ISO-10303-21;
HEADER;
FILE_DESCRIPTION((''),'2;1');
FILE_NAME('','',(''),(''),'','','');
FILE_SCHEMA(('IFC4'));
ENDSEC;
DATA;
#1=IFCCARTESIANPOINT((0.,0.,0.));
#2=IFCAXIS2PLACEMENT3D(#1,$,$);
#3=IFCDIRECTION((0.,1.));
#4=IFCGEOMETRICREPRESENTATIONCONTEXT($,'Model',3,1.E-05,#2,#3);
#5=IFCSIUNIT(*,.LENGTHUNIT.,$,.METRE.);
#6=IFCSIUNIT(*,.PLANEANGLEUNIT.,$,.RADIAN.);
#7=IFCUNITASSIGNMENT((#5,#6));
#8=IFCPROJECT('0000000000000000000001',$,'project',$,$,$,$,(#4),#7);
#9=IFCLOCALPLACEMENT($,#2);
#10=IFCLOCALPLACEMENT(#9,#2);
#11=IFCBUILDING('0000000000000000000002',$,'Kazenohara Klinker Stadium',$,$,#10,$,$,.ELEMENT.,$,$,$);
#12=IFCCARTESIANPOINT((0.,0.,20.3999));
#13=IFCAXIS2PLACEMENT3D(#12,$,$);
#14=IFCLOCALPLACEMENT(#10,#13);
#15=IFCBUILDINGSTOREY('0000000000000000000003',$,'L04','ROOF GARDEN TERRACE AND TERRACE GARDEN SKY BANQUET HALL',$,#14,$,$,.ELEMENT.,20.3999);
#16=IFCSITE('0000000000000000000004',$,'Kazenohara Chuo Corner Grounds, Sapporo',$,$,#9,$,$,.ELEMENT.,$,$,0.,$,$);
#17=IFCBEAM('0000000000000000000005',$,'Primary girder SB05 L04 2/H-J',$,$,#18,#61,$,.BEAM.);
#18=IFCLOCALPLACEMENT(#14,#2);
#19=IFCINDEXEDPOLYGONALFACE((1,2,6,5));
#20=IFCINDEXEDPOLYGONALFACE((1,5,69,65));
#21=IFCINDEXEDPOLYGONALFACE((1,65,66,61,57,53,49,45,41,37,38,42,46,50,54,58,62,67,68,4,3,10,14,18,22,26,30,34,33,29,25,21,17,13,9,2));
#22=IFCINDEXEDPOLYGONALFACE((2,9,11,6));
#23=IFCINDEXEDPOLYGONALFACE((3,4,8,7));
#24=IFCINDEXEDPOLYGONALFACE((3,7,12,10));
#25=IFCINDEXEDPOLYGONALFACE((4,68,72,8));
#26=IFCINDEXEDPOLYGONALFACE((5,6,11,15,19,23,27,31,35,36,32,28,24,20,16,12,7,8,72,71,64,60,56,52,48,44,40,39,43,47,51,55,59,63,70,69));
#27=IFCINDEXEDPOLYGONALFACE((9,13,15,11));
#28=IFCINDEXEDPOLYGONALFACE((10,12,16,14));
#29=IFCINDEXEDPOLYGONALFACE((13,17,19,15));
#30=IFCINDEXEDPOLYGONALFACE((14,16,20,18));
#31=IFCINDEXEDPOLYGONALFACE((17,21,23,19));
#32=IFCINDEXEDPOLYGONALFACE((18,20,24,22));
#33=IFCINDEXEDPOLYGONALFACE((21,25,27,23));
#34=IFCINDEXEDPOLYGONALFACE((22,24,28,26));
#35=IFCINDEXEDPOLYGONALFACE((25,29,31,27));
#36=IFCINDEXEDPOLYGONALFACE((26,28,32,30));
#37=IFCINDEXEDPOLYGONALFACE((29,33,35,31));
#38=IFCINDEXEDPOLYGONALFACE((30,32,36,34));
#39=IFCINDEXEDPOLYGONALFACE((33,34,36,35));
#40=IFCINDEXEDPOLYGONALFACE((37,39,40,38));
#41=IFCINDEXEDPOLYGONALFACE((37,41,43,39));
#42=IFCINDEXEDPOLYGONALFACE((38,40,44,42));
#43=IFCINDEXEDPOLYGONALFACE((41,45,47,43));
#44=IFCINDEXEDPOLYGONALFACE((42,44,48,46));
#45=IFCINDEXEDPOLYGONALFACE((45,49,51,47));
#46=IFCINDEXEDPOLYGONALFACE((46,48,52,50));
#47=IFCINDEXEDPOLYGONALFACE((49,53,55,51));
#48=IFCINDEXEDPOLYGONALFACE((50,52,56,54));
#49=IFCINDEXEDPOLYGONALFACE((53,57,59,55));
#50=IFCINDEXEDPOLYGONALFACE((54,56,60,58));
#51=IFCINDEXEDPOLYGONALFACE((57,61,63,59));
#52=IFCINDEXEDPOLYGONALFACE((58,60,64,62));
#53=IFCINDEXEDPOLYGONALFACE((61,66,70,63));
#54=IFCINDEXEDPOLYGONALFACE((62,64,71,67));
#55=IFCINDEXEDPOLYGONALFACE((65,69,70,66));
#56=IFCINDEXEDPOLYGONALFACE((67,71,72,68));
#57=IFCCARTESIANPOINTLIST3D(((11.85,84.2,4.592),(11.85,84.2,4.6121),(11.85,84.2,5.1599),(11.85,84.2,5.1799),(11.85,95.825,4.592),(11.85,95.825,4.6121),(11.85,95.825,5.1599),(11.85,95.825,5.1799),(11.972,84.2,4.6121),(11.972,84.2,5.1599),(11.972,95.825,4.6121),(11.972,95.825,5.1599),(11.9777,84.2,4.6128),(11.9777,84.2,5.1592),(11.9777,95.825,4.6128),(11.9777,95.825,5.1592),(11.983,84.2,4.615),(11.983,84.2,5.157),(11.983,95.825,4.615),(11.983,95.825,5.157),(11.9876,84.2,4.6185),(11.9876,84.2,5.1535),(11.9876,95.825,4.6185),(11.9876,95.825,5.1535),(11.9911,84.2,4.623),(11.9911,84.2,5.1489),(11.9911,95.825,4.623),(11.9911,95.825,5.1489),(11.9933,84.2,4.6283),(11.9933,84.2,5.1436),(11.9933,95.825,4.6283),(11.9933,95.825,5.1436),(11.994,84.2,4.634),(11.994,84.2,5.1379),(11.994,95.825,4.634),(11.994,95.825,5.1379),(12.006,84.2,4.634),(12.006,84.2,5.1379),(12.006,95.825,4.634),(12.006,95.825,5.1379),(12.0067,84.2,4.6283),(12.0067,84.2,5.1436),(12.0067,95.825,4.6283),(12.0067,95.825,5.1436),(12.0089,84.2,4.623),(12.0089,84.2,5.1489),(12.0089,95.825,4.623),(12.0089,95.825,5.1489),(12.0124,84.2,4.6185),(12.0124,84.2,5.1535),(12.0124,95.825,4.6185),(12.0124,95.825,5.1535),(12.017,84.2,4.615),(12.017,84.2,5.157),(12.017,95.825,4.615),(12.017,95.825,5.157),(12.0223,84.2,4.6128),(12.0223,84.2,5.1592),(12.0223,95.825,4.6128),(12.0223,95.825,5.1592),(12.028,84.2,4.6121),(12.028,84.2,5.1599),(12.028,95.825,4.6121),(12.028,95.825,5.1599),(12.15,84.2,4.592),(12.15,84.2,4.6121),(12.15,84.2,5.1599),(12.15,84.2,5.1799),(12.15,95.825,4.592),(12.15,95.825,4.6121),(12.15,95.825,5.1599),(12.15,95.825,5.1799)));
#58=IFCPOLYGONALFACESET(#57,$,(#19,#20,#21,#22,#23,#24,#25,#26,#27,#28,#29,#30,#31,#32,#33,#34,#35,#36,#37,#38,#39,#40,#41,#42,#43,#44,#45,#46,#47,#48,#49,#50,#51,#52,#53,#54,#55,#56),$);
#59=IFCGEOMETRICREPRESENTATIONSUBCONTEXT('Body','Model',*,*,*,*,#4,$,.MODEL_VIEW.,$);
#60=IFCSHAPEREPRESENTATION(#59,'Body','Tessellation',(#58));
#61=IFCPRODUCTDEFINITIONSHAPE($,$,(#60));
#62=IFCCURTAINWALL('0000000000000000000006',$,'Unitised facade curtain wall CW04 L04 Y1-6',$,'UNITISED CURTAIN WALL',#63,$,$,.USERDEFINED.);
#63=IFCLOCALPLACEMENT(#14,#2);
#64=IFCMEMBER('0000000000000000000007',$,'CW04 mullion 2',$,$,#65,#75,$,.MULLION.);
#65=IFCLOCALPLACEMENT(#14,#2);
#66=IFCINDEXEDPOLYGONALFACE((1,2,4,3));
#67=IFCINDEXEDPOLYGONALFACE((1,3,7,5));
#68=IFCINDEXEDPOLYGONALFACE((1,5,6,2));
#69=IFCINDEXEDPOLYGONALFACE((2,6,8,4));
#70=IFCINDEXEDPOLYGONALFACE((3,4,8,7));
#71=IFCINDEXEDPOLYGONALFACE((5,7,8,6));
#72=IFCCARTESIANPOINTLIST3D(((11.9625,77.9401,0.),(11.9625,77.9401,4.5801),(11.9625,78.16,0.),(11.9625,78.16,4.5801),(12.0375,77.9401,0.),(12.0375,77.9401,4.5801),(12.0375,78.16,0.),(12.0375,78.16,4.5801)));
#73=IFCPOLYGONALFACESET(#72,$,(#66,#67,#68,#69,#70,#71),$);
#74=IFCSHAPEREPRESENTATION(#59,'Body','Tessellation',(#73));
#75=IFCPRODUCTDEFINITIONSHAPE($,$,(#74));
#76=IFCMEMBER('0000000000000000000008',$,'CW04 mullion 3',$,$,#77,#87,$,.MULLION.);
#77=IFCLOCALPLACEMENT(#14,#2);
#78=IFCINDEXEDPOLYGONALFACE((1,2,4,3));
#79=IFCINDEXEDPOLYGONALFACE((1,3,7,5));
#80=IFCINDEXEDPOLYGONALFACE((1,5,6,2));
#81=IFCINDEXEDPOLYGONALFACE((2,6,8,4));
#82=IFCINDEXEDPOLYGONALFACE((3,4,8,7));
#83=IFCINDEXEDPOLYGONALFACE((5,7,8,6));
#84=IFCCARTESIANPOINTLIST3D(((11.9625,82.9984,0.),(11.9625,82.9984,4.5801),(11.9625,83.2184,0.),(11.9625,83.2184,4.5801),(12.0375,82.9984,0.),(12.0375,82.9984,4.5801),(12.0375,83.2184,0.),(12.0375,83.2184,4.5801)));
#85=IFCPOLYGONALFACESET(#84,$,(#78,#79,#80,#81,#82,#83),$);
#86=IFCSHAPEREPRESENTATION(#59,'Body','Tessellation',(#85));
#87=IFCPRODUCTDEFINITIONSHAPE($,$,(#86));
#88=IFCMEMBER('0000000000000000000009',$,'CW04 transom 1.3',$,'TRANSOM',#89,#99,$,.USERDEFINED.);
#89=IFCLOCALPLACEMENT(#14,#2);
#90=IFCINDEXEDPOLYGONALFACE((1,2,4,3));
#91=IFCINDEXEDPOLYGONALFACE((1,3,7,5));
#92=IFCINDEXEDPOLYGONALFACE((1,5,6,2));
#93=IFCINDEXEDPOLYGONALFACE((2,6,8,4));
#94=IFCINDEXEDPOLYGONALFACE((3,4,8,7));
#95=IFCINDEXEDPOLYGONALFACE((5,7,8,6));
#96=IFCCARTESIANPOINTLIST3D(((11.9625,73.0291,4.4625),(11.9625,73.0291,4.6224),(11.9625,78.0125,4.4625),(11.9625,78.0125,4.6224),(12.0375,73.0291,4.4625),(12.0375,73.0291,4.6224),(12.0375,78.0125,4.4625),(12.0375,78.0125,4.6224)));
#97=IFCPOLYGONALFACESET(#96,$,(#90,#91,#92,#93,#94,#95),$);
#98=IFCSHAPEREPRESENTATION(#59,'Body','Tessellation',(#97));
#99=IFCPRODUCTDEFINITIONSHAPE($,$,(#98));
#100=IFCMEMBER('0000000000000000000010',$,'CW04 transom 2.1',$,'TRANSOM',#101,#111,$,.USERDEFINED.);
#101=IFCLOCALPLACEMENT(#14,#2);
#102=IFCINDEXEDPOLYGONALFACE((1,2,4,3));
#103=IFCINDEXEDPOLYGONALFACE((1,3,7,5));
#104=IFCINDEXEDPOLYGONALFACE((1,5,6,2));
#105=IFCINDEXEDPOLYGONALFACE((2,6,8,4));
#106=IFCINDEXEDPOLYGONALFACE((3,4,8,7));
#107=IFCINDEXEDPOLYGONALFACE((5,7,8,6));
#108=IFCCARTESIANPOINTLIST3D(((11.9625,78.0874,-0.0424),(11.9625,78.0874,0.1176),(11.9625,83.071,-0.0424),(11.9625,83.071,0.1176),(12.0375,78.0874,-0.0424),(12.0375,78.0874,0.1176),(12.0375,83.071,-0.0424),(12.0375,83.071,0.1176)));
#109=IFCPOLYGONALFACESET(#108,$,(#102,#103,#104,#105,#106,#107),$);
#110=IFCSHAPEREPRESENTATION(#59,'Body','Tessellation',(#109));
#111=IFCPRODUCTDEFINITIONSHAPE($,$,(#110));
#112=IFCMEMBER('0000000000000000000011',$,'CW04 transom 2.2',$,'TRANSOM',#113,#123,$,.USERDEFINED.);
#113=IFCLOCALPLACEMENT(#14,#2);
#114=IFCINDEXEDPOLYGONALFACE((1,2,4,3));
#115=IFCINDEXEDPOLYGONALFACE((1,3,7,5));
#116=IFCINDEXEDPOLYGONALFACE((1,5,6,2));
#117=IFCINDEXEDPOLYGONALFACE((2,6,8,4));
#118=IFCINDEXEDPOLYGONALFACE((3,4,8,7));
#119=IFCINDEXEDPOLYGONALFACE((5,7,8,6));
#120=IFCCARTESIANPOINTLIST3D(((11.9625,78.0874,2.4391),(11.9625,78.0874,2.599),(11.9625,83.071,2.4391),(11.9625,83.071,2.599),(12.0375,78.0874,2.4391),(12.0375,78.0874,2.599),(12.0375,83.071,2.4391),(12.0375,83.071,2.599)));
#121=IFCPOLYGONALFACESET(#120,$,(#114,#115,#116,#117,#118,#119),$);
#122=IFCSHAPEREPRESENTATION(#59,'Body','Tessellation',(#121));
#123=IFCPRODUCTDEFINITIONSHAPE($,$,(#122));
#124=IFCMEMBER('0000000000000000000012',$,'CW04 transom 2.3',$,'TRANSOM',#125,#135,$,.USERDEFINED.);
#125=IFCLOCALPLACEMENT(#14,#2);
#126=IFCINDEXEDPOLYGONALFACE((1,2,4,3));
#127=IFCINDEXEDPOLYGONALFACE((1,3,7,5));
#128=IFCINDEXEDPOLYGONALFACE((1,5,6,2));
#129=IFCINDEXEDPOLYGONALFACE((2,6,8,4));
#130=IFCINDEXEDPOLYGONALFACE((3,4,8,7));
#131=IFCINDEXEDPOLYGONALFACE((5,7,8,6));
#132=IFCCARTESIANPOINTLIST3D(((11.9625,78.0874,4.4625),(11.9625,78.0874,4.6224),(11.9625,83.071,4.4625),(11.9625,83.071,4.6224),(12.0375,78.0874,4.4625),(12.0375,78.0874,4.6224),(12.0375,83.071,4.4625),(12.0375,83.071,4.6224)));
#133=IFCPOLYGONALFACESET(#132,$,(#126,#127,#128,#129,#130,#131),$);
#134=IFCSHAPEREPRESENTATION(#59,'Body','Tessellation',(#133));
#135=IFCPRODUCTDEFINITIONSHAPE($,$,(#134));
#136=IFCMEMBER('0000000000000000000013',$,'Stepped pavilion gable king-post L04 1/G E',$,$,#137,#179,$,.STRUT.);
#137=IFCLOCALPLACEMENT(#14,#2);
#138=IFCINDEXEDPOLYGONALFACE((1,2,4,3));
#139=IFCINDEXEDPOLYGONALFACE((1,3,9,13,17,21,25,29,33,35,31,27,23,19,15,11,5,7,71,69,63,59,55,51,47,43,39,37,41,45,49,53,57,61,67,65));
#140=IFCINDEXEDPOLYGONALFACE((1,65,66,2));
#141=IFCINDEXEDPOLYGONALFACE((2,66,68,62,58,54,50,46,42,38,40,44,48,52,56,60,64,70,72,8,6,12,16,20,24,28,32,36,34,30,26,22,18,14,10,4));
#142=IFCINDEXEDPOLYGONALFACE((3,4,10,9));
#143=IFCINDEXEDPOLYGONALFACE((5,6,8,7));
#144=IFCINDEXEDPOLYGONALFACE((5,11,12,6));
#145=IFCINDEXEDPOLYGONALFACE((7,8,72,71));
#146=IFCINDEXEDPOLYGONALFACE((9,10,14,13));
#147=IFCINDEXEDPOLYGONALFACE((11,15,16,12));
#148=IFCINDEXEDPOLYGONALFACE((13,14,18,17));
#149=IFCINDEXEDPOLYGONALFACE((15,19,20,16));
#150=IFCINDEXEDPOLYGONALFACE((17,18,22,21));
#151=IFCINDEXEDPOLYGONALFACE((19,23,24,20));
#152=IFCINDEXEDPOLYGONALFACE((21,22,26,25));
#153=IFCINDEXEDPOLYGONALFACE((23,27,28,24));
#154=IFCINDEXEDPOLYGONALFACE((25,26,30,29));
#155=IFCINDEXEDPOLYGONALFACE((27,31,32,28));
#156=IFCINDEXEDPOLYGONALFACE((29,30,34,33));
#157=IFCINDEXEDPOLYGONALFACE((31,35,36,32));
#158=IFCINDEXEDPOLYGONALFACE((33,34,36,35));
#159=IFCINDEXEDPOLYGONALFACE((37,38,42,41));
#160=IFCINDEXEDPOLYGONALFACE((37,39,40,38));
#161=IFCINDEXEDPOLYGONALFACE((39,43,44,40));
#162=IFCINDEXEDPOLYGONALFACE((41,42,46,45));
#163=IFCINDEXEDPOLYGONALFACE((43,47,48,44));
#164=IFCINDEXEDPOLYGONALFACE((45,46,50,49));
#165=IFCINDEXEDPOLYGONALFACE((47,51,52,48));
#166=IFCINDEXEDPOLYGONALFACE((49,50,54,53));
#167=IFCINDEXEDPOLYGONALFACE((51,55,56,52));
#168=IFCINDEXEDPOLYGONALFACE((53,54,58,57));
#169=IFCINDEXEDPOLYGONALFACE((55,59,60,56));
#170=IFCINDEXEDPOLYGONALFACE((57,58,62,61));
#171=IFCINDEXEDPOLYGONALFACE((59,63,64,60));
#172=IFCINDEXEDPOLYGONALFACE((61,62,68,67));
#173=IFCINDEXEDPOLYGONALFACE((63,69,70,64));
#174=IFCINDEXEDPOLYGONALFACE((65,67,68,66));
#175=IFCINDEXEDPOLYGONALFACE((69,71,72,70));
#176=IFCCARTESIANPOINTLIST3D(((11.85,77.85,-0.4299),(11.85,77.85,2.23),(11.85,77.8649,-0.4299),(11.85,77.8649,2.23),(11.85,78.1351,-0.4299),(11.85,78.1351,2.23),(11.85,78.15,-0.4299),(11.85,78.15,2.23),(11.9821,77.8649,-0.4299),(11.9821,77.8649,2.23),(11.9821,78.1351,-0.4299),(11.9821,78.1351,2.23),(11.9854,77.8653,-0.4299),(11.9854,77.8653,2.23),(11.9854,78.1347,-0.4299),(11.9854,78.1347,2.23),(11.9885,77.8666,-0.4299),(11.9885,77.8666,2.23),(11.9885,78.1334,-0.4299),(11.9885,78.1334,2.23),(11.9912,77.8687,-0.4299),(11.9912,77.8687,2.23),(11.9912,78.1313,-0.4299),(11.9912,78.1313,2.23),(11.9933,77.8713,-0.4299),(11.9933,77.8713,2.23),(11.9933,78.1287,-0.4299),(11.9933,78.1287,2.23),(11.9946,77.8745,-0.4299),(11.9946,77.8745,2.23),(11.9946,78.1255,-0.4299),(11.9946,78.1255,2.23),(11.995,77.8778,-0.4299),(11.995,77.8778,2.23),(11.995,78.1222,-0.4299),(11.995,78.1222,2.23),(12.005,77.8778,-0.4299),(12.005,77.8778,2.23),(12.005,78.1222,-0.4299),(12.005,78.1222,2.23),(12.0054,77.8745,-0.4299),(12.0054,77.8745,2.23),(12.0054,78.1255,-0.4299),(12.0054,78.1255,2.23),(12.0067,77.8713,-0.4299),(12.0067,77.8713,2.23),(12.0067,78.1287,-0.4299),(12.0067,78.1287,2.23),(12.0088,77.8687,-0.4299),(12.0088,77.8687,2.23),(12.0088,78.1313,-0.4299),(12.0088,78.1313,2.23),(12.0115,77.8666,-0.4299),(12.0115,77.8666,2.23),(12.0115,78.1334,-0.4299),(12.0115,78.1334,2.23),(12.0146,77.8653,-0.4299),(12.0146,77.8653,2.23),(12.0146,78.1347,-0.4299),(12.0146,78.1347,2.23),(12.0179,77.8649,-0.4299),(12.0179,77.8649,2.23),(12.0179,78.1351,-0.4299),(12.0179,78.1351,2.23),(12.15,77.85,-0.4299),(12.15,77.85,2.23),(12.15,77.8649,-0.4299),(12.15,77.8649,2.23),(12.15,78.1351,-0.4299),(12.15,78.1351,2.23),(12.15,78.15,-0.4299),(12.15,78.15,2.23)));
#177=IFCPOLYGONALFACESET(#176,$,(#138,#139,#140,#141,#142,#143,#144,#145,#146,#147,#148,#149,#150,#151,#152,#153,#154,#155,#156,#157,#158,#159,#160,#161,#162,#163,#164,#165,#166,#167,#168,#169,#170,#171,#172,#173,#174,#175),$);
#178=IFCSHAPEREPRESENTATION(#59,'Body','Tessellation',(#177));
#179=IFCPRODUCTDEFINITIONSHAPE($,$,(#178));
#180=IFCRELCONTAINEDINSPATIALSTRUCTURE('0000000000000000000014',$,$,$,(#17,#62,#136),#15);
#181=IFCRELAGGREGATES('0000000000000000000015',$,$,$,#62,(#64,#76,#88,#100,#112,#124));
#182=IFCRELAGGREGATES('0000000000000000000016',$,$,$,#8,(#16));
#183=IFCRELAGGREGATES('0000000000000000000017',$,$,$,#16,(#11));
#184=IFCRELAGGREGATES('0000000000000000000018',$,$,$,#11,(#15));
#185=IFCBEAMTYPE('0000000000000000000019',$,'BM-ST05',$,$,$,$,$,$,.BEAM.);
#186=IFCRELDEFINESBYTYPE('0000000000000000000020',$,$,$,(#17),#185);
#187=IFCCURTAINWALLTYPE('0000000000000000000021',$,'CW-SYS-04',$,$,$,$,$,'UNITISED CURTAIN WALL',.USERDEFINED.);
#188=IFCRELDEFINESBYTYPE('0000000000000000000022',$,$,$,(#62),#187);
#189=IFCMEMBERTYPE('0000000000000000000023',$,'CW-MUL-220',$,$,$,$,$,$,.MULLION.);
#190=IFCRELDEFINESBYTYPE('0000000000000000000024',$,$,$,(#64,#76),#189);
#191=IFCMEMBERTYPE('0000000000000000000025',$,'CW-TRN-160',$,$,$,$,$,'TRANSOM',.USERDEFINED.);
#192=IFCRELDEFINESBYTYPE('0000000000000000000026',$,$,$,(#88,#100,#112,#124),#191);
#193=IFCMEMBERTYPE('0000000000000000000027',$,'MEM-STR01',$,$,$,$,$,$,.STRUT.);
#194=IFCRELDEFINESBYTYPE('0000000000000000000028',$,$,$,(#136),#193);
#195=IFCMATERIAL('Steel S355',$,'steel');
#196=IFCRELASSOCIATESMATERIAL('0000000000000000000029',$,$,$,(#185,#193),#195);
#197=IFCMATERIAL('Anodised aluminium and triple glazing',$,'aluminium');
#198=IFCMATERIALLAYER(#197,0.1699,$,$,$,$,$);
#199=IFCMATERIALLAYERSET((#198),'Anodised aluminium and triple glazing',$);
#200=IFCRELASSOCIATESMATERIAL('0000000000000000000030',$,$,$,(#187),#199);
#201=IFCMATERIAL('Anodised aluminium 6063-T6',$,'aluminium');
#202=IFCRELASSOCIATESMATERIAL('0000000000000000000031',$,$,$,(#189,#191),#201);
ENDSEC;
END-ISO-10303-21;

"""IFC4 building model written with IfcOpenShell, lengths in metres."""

from ifc_helpers import new_model, si_unit, direction, frame, origin, origin_2d, place, context, subcontext, project, spatial, rectangle, i_section, extrude, material, layer, layer_set, material_profile, profile_set, type_object, element, aggregate, save


model = new_model("IFC4")

# Units and contexts
model_context = context("Model", 3, precision=1e-05, world=origin(), true_north=direction((0.0, 1.0)))
body_context = subcontext(model_context, "Body", "Model", "MODEL_VIEW")
ifc_project = project(units=[si_unit("LENGTHUNIT", "METRE"), si_unit("PLANEANGLEUNIT", "RADIAN")], contexts=[model_context])

# Site, building, storey
site_placement = place(None, origin())
site = spatial("IfcSite", under=ifc_project, at=site_placement, Name="Kazenohara Chuo Corner Grounds, Sapporo", CompositionType="ELEMENT", RefElevation=0.0)
building_placement = place(site_placement, origin())
building = spatial("IfcBuilding", under=site, at=building_placement, Name="Kazenohara Klinker Stadium", CompositionType="ELEMENT")
storey_placement = place(building_placement, frame((0.0, 0.0, 20.3999)))
storey = spatial("IfcBuildingStorey", under=building, at=storey_placement, Name="L04", Description="ROOF GARDEN TERRACE AND TERRACE GARDEN SKY BANQUET HALL", CompositionType="ELEMENT", Elevation=20.3999)

# Shared definitions
ifc_material_1 = material(Name="Steel S355", Category="steel")

# Beam
ifc_material_profile_1 = material_profile(ifc_material_1, i_section(OverallWidth=0.3, OverallDepth=0.5879, WebThickness=0.012, FlangeThickness=0.02, FilletRadius=0.022, at=origin_2d()), Name="H-588x300x12x20")
ifc_profile_set_1 = profile_set([ifc_material_profile_1], Name="Steel S355")
beam_type = type_object("IfcBeamType", Name="BM-ST05", PredefinedType="BEAM", material=ifc_profile_set_1)
for number, where, z_axis, x_axis, name in (
    (1, (12.0, 84.2, 4.886), (0.0, 1.0, 0.0), (-1.0, 0.0, 0.0), "Primary girder SB05 L04 2/H-J"),
):
    element("IfcBeam", number, at=place(storey_placement, frame(where, z_axis=z_axis, x_axis=x_axis)), inside=storey, type_object=beam_type, Name=name, PredefinedType="BEAM", context=body_context, shape_type="SweptSolid", body=[
        extrude(i_section(OverallWidth=0.3, OverallDepth=0.5879, WebThickness=0.012, FlangeThickness=0.02, FilletRadius=0.022, at=origin_2d()), origin(), (0.0, 0.0, 1.0), 11.625),
    ])

# Curtain wall, members
ifc_material_2 = material(Name="Anodised aluminium and triple glazing", Category="aluminium")
ifc_layer_1 = layer(ifc_material_2, 0.1699)
ifc_layer_set_1 = layer_set([ifc_layer_1], Name="Anodised aluminium and triple glazing")
curtain_wall_type = type_object("IfcCurtainWallType", Name="CW-SYS-04", ElementType="UNITISED CURTAIN WALL", PredefinedType="USERDEFINED", material=ifc_layer_set_1)
curtain_wall_placement = place(storey_placement, origin())
curtain_wall = element("IfcCurtainWall", 2, at=curtain_wall_placement, inside=storey, type_object=curtain_wall_type, Name="Unitised facade curtain wall CW04 L04 Y1-6", ObjectType="UNITISED CURTAIN WALL", PredefinedType="USERDEFINED")
ifc_material_3 = material(Name="Anodised aluminium 6063-T6", Category="aluminium")
ifc_material_profile_2 = material_profile(ifc_material_3, rectangle(XDim=0.075, YDim=0.22, at=origin_2d()), Name="ALU-MUL-75x220")
ifc_profile_set_2 = profile_set([ifc_material_profile_2], Name="Anodised aluminium 6063-T6")
member_type_1 = type_object("IfcMemberType", Name="CW-MUL-220", PredefinedType="MULLION", material=ifc_profile_set_2)
member_1_placement = place(storey_placement, frame((12.0, 78.05, 0.0), z_axis=(0.0, 0.0, 1.0), x_axis=(-1.0, 0.0, 0.0)))
member_1 = element("IfcMember", 3, at=member_1_placement, type_object=member_type_1, Name="CW04 mullion 2", PredefinedType="MULLION", context=body_context, shape_type="SweptSolid", body=[
    extrude(rectangle(XDim=0.075, YDim=0.22, at=origin_2d()), origin(), (0.0, 0.0, 1.0), 4.5801),
])
member_2_placement = place(storey_placement, frame((12.0, 83.1084, 0.0), z_axis=(0.0, 0.0, 1.0), x_axis=(-1.0, 0.0, 0.0)))
member_2 = element("IfcMember", 4, at=member_2_placement, type_object=member_type_1, Name="CW04 mullion 3", PredefinedType="MULLION", context=body_context, shape_type="SweptSolid", body=[
    extrude(rectangle(XDim=0.075, YDim=0.22, at=origin_2d()), origin(), (0.0, 0.0, 1.0), 4.5801),
])
ifc_material_profile_3 = material_profile(ifc_material_3, rectangle(XDim=0.075, YDim=0.1599, at=origin_2d()), Name="ALU-TRN-75x160")
ifc_profile_set_3 = profile_set([ifc_material_profile_3], Name="Anodised aluminium 6063-T6")
member_type_2 = type_object("IfcMemberType", Name="CW-TRN-160", ElementType="TRANSOM", PredefinedType="USERDEFINED", material=ifc_profile_set_3)
member_3_placement = place(storey_placement, frame((12.0, 73.0291, 4.5425), z_axis=(0.0, 1.0, 0.0), x_axis=(-1.0, 0.0, 0.0)))
member_3 = element("IfcMember", 5, at=member_3_placement, type_object=member_type_2, Name="CW04 transom 1.3", ObjectType="TRANSOM", PredefinedType="USERDEFINED", context=body_context, shape_type="SweptSolid", body=[
    extrude(rectangle(XDim=0.075, YDim=0.1599, at=origin_2d()), origin(), (0.0, 0.0, 1.0), 4.9834),
])
member_4_placement = place(storey_placement, frame((12.0, 78.0874, 0.0376), z_axis=(0.0, 1.0, 0.0), x_axis=(-1.0, 0.0, 0.0)))
member_4 = element("IfcMember", 6, at=member_4_placement, type_object=member_type_2, Name="CW04 transom 2.1", ObjectType="TRANSOM", PredefinedType="USERDEFINED", context=body_context, shape_type="SweptSolid", body=[
    extrude(rectangle(XDim=0.075, YDim=0.1599, at=origin_2d()), origin(), (0.0, 0.0, 1.0), 4.9836),
])
member_5_placement = place(storey_placement, frame((12.0, 78.0874, 2.519), z_axis=(0.0, 1.0, 0.0), x_axis=(-1.0, 0.0, 0.0)))
member_5 = element("IfcMember", 7, at=member_5_placement, type_object=member_type_2, Name="CW04 transom 2.2", ObjectType="TRANSOM", PredefinedType="USERDEFINED", context=body_context, shape_type="SweptSolid", body=[
    extrude(rectangle(XDim=0.075, YDim=0.1599, at=origin_2d()), origin(), (0.0, 0.0, 1.0), 4.9836),
])
member_6_placement = place(storey_placement, frame((12.0, 78.0874, 4.5425), z_axis=(0.0, 1.0, 0.0), x_axis=(-1.0, 0.0, 0.0)))
member_6 = element("IfcMember", 8, at=member_6_placement, type_object=member_type_2, Name="CW04 transom 2.3", ObjectType="TRANSOM", PredefinedType="USERDEFINED", context=body_context, shape_type="SweptSolid", body=[
    extrude(rectangle(XDim=0.075, YDim=0.1599, at=origin_2d()), origin(), (0.0, 0.0, 1.0), 4.9836),
])

# Member
ifc_material_profile_4 = material_profile(ifc_material_1, i_section(OverallWidth=0.3, OverallDepth=0.3, WebThickness=0.01, FlangeThickness=0.0149, FilletRadius=0.0129, at=origin_2d()), Name="H-300x300x10x15")
ifc_profile_set_4 = profile_set([ifc_material_profile_4], Name="Steel S355")
member_type_3 = type_object("IfcMemberType", Name="MEM-STR01", PredefinedType="STRUT", material=ifc_profile_set_4)
member_7_placement = place(storey_placement, frame((12.0, 78.0, -0.4299), z_axis=(0.0, 0.0, 1.0), x_axis=(1.0, 0.0, 0.0)))
element("IfcMember", 9, at=member_7_placement, inside=storey, type_object=member_type_3, Name="Stepped pavilion gable king-post L04 1/G E", PredefinedType="STRUT", context=body_context, shape_type="SweptSolid", body=[
    extrude(i_section(OverallWidth=0.3, OverallDepth=0.3, WebThickness=0.01, FlangeThickness=0.0149, FilletRadius=0.0129, at=origin_2d()), origin(), (0.0, 0.0, 1.0), 2.6599),
])

aggregate(curtain_wall, [member_1, member_2, member_3, member_4, member_5, member_6])

save(model, "model.ifc")
